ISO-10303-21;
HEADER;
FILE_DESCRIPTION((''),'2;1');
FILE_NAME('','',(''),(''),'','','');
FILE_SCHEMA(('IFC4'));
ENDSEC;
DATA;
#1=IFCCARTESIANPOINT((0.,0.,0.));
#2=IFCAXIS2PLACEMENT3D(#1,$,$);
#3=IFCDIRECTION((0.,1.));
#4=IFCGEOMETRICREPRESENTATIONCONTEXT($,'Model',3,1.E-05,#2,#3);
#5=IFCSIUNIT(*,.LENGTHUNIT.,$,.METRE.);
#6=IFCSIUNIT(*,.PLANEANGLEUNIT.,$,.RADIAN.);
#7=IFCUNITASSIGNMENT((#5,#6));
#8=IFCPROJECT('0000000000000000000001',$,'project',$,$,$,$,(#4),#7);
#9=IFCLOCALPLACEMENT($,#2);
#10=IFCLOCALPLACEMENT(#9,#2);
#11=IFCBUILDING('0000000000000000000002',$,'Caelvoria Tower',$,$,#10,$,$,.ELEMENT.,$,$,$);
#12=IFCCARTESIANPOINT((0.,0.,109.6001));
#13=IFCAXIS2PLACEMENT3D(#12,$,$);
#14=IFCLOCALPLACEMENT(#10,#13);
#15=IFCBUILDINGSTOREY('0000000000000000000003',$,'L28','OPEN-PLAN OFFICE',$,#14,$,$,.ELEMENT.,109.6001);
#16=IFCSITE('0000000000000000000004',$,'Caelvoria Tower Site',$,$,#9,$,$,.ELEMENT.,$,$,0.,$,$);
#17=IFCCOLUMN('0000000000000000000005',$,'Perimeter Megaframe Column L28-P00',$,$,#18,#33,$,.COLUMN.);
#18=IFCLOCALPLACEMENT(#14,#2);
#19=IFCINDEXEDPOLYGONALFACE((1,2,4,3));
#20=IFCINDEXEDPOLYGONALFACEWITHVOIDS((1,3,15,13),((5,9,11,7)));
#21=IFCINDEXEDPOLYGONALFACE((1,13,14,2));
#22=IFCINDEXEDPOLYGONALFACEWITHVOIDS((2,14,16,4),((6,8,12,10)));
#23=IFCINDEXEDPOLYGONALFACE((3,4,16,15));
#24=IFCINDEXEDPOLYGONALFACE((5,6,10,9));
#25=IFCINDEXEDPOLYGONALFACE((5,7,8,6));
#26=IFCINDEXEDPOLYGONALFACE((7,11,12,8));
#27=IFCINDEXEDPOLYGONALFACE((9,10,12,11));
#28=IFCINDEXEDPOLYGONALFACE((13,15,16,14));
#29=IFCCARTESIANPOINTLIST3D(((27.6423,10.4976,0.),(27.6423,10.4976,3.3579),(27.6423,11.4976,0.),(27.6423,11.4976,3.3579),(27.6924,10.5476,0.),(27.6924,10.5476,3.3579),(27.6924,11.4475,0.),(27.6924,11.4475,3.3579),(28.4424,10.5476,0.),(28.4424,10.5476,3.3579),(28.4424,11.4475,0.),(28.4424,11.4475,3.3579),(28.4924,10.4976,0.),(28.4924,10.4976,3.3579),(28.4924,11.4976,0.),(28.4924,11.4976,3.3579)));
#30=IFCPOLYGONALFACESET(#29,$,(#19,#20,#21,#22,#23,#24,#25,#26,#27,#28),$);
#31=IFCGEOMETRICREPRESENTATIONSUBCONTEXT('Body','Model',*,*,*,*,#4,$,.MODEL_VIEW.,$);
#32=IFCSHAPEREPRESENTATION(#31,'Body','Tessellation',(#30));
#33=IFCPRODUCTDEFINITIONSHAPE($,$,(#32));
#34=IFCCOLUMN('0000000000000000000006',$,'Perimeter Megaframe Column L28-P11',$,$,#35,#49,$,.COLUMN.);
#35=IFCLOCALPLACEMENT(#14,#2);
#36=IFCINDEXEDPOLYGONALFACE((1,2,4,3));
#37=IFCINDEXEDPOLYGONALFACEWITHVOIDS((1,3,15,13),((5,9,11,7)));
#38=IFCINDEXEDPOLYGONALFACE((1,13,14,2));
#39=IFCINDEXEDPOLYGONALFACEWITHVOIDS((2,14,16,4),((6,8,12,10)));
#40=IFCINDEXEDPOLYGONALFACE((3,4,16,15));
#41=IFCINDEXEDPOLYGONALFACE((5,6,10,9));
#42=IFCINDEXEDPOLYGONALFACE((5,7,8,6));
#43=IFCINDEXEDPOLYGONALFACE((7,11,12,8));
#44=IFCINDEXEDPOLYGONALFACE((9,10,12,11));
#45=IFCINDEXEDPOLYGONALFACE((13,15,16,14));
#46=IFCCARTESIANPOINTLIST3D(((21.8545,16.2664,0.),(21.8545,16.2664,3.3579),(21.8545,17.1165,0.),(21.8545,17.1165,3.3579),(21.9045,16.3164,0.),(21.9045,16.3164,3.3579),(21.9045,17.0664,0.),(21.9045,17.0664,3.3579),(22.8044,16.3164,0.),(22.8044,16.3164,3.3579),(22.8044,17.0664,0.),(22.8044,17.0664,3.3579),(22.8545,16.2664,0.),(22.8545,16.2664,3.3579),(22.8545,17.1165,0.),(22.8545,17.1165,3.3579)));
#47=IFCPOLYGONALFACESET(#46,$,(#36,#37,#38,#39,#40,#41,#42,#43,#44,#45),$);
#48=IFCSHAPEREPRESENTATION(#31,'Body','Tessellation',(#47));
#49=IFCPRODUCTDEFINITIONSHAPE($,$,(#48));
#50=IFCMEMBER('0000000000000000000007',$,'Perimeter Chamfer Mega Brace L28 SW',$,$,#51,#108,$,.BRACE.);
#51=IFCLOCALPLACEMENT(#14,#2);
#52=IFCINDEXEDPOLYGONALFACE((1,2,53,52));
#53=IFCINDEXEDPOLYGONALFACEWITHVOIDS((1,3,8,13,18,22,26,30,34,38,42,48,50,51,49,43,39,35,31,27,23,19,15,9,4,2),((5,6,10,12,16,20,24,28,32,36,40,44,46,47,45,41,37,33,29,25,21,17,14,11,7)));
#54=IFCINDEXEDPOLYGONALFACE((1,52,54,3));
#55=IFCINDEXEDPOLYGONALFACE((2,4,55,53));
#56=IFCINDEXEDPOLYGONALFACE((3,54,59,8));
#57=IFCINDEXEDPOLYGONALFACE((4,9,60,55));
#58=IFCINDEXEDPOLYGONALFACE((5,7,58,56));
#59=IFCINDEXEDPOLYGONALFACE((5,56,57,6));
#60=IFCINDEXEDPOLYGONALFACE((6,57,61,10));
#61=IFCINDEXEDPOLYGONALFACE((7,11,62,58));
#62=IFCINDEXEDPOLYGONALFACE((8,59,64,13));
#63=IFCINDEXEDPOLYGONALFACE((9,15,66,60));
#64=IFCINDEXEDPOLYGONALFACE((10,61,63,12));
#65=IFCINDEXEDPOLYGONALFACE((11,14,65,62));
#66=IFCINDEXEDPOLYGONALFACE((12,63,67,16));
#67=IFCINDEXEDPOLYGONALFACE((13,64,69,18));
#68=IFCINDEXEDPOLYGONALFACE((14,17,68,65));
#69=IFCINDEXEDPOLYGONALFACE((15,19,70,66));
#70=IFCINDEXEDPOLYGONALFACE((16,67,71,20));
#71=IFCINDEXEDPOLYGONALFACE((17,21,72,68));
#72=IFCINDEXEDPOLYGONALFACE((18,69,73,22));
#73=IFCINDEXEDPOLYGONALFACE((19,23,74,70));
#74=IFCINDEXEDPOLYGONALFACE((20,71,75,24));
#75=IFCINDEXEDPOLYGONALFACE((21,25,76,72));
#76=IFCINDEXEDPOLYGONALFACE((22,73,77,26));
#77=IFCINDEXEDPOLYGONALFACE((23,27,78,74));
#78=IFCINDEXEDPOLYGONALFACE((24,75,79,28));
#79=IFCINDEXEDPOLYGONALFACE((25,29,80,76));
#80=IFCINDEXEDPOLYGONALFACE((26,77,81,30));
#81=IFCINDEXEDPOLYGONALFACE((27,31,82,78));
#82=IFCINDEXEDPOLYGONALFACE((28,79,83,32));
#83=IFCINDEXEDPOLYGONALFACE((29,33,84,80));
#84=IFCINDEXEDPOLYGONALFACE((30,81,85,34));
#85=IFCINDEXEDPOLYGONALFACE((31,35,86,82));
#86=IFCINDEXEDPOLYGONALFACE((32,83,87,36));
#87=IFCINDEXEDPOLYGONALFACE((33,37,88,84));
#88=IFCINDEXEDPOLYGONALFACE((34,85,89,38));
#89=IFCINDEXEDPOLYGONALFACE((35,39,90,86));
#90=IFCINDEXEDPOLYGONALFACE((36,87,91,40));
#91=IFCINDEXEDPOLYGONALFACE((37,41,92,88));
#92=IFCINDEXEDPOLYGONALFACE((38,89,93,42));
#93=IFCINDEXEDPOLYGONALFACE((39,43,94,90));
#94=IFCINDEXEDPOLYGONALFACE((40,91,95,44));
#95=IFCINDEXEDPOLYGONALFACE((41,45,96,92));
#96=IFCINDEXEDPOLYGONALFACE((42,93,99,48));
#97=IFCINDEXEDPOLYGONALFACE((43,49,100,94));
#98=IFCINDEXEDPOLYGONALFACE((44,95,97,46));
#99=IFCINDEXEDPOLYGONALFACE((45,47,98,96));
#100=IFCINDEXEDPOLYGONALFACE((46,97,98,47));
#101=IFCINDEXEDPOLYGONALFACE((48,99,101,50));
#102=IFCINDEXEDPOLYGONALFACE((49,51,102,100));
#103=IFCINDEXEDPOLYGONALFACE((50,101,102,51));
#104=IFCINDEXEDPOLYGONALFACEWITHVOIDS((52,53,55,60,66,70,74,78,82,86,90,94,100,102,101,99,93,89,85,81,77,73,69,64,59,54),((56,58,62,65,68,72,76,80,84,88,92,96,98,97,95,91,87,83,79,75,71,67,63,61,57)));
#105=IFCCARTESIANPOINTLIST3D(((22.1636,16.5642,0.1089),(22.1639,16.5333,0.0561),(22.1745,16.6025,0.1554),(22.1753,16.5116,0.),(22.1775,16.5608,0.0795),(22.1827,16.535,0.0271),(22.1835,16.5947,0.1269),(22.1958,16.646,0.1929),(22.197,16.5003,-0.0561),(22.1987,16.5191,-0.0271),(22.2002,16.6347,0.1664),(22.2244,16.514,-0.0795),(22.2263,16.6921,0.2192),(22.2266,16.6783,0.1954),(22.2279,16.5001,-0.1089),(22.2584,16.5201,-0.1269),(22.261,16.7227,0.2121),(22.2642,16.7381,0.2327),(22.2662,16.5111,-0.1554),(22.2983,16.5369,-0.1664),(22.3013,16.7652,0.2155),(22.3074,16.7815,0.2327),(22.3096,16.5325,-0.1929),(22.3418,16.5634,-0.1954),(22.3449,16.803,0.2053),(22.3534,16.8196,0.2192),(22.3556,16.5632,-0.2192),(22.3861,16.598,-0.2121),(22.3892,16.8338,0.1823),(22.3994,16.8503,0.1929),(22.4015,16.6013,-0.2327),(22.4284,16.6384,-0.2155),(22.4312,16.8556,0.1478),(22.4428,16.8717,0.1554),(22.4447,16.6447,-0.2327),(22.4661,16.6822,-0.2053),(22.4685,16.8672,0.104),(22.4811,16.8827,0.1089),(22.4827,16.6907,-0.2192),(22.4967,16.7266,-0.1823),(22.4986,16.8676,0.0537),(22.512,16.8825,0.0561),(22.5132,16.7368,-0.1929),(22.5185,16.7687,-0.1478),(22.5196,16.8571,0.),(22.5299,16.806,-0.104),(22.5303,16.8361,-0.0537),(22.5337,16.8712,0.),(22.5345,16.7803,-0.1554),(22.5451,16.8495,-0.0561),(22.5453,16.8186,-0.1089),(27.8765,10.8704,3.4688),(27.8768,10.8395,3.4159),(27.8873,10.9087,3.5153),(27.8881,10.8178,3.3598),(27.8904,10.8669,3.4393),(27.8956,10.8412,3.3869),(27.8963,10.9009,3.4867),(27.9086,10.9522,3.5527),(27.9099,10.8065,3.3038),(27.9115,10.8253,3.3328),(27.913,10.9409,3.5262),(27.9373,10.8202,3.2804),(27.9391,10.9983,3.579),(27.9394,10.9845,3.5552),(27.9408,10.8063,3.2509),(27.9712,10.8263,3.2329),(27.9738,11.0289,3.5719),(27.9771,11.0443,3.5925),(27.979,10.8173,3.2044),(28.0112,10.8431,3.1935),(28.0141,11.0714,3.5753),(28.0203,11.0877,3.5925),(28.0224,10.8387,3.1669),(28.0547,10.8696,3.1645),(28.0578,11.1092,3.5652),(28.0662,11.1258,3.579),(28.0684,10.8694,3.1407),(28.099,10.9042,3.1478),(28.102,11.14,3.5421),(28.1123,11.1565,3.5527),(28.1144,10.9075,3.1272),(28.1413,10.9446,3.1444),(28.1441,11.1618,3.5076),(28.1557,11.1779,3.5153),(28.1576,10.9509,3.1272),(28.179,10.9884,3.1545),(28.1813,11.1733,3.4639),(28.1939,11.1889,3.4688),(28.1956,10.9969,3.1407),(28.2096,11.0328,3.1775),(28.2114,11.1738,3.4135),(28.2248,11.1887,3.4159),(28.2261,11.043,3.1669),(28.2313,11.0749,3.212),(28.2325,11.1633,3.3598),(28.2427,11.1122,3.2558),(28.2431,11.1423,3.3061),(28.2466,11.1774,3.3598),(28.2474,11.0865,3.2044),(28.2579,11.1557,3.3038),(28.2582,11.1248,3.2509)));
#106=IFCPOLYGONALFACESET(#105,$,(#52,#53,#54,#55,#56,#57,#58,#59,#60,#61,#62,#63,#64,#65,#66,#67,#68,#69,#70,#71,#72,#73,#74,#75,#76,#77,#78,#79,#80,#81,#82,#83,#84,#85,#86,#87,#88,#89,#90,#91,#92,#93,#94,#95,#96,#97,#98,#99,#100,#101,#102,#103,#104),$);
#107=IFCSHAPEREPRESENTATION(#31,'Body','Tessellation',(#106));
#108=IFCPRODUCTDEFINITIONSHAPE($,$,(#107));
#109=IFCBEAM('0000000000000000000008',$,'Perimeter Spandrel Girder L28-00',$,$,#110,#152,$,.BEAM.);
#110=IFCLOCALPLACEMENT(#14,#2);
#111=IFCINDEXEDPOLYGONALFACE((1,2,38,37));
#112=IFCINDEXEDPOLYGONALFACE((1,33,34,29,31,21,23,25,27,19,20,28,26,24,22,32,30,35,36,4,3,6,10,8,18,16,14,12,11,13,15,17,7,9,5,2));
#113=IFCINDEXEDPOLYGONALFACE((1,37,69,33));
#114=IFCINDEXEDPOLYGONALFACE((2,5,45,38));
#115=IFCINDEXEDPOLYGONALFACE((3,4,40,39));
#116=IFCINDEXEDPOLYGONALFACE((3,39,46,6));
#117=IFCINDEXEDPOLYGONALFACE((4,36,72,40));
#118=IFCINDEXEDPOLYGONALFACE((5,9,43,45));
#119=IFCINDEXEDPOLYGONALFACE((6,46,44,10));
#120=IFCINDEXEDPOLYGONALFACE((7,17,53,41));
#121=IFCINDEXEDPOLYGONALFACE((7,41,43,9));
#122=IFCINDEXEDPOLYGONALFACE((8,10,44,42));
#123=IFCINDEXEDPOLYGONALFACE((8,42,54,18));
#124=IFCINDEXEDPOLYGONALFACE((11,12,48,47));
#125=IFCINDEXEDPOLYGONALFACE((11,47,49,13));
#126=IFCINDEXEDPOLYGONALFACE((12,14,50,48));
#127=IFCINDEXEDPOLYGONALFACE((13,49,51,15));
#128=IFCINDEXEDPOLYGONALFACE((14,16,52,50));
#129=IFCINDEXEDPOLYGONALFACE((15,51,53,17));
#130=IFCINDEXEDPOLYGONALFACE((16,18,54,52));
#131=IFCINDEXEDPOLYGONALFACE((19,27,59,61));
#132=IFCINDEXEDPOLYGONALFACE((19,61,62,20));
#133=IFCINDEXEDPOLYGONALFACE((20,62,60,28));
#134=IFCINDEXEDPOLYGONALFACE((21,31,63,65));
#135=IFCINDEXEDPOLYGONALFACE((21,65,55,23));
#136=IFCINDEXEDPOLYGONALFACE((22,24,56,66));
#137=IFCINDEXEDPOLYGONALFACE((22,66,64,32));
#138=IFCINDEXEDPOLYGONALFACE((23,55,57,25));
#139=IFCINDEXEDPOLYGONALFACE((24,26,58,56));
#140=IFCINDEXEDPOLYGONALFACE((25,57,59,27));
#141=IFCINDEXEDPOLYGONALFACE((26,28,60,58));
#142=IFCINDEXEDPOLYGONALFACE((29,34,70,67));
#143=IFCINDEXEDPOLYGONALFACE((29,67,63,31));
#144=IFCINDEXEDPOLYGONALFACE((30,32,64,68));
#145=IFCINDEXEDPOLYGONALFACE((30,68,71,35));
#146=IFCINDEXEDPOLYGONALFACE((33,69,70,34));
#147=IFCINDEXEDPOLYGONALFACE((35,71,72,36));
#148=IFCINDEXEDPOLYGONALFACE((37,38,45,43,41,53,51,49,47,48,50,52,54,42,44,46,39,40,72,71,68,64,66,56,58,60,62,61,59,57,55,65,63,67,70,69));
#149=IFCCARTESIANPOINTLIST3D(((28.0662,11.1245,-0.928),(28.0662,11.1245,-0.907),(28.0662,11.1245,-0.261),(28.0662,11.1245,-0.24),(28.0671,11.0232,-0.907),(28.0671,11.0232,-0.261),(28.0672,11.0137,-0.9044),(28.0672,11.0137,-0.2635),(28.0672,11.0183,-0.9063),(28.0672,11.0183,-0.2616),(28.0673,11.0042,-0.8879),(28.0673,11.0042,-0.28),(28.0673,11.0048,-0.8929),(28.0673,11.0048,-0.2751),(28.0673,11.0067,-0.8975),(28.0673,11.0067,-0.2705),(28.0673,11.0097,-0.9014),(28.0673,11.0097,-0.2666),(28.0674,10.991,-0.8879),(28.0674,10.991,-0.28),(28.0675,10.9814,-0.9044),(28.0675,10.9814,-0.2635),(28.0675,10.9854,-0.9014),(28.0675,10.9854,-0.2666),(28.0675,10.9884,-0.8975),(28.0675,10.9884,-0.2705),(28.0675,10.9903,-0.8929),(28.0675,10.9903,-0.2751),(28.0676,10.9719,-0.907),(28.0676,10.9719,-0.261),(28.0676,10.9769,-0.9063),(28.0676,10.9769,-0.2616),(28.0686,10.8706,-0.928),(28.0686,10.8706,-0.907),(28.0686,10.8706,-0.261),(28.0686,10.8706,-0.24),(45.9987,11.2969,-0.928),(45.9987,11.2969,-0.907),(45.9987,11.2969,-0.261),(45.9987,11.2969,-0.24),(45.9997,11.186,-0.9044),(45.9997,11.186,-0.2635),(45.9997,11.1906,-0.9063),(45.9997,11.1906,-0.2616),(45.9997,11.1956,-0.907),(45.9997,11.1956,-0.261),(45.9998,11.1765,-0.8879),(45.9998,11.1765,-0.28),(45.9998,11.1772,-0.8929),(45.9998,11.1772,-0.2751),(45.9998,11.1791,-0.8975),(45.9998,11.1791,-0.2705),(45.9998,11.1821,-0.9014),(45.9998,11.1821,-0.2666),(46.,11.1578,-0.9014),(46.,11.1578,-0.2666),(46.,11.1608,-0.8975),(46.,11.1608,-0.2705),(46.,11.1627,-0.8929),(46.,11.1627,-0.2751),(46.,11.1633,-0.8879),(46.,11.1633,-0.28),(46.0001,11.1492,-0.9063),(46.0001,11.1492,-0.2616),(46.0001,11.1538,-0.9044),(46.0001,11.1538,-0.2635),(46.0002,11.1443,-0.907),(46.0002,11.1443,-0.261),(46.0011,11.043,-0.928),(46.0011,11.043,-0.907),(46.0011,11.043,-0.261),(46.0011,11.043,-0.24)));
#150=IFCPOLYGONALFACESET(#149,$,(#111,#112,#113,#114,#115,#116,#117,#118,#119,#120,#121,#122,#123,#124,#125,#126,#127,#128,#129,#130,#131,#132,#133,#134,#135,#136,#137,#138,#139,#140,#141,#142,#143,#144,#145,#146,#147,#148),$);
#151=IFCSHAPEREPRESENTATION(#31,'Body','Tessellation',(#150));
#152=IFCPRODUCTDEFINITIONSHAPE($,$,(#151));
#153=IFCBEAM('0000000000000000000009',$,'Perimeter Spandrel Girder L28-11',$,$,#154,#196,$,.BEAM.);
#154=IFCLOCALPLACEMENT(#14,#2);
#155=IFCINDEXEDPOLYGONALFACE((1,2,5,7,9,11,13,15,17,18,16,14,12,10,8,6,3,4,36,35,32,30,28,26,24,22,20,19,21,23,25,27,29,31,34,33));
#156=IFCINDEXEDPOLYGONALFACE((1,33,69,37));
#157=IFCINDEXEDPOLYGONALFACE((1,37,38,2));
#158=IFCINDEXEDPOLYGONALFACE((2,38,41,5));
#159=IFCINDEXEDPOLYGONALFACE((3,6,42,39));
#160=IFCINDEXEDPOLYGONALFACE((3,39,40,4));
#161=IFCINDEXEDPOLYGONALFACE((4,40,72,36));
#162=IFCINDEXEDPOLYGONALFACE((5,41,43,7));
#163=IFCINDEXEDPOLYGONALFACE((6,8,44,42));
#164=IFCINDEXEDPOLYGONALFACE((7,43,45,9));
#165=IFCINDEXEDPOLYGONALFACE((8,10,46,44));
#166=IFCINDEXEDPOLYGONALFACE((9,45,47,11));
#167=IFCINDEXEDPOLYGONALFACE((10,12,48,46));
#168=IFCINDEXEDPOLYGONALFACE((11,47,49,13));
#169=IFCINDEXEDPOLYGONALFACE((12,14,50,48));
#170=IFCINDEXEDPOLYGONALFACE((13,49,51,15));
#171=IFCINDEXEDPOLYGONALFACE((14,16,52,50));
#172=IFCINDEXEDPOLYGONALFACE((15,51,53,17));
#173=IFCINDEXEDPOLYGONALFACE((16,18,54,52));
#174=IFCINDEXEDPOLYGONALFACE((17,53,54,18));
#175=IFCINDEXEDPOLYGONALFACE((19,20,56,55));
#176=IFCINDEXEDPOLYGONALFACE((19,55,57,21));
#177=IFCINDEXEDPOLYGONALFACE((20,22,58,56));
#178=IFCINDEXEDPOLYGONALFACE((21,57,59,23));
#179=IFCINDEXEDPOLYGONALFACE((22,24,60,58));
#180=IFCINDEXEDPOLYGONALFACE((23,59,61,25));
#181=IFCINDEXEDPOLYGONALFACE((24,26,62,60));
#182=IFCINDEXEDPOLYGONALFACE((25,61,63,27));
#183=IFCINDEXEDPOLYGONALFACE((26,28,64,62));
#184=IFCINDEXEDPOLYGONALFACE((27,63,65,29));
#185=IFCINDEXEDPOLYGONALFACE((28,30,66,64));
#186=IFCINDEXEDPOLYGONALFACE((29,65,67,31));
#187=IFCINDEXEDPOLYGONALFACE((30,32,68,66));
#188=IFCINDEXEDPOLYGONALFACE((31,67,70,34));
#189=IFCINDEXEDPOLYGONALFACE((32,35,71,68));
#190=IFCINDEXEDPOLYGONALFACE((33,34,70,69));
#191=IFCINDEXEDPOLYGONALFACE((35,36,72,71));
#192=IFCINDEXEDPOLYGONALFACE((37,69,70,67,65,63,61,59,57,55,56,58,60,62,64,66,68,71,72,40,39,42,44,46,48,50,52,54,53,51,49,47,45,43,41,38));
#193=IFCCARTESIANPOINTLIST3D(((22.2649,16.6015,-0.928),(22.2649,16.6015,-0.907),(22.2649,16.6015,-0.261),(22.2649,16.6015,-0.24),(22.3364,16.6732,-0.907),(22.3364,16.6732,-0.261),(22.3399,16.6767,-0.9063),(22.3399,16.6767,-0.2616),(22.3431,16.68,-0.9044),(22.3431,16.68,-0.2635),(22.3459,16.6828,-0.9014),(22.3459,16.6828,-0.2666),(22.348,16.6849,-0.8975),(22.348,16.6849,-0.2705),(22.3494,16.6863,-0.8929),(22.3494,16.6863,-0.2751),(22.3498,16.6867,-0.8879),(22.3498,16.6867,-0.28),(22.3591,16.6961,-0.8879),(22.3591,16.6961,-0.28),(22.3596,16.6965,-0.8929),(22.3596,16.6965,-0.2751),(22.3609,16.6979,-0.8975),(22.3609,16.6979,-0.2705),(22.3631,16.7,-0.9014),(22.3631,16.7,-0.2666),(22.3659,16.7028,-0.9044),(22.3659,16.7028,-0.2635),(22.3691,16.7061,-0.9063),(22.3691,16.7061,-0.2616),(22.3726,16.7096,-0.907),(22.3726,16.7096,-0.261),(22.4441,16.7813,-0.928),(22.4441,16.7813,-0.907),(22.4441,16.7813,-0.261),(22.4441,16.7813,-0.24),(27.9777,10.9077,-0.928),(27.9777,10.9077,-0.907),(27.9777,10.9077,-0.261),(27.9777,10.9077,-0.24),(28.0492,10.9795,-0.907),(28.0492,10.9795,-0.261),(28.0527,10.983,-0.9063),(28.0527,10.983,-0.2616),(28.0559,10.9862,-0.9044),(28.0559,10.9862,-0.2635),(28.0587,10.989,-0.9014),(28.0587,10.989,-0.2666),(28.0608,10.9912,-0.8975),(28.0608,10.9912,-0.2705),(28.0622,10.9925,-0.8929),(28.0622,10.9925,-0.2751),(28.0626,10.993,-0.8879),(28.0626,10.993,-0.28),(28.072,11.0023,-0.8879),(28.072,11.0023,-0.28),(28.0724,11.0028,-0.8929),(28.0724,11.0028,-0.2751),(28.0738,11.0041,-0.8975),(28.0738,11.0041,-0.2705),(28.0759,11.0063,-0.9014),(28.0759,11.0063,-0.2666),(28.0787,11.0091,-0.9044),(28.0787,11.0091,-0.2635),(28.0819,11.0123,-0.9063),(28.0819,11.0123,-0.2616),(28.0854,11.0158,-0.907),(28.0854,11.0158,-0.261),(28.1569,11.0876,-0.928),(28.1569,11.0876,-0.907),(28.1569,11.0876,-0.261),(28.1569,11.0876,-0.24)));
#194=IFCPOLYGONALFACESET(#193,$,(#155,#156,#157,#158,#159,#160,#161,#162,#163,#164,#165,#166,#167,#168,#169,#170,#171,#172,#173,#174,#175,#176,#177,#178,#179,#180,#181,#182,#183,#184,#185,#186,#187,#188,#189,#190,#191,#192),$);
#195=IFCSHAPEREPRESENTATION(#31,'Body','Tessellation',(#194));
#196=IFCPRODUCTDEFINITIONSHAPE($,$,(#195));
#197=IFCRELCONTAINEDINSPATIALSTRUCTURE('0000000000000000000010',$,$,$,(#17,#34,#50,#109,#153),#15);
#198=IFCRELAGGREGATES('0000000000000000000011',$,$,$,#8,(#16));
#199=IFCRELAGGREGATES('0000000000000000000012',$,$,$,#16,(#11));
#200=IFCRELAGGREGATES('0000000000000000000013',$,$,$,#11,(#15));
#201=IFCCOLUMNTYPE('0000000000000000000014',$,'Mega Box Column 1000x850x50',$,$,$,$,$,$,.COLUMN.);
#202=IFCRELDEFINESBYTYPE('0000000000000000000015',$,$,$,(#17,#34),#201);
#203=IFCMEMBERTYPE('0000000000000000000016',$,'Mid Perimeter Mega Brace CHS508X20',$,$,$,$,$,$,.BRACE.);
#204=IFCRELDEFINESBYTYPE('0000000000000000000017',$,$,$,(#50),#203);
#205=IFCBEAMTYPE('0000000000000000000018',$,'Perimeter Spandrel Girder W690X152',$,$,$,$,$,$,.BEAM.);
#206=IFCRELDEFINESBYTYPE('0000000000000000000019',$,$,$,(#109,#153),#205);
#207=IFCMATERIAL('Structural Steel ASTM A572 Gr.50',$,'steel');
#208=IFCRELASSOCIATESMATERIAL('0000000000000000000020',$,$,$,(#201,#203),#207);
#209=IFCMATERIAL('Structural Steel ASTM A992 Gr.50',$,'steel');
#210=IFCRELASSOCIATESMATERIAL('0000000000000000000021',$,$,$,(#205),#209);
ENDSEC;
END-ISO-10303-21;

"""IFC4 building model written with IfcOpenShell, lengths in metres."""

from ifc_helpers import new_model, si_unit, direction, frame, origin, origin_2d, place, context, subcontext, project, spatial, hollow_rectangle, hollow_circle, i_section, extrude, material, material_profile, profile_set, type_object, element, save


model = new_model("IFC4")

# Units and contexts
model_context = context("Model", 3, precision=1e-05, world=origin(), true_north=direction((0.0, 1.0)))
body_context = subcontext(model_context, "Body", "Model", "MODEL_VIEW")
ifc_project = project(units=[si_unit("LENGTHUNIT", "METRE"), si_unit("PLANEANGLEUNIT", "RADIAN")], contexts=[model_context])

# Site, building, storey
site_placement = place(None, origin())
site = spatial("IfcSite", under=ifc_project, at=site_placement, Name="Caelvoria Tower Site", CompositionType="ELEMENT", RefElevation=0.0)
building_placement = place(site_placement, origin())
building = spatial("IfcBuilding", under=site, at=building_placement, Name="Caelvoria Tower", CompositionType="ELEMENT")
storey_placement = place(building_placement, frame((0.0, 0.0, 109.6001)))
storey = spatial("IfcBuildingStorey", under=building, at=storey_placement, Name="L28", Description="OPEN-PLAN OFFICE", CompositionType="ELEMENT", Elevation=109.6001)

# Columns
ifc_material_1 = material(Name="Structural Steel ASTM A572 Gr.50", Category="steel")
ifc_material_profile_1 = material_profile(ifc_material_1, hollow_rectangle(XDim=0.8501, YDim=1.0, WallThickness=0.05, at=origin_2d()), Name="Structural Steel ASTM A572 Gr.50")
ifc_profile_set_1 = profile_set([ifc_material_profile_1], Name="BOX1000X850X50 - Structural Steel ASTM A572 Gr.50")
column_type = type_object("IfcColumnType", Name="Mega Box Column 1000x850x50", PredefinedType="COLUMN", material=ifc_profile_set_1)
for number, where, z_axis, x_axis, name in (
    (1, (28.0674, 10.9976, 0.0), (0.0, 0.0, 1.0), (1.0, 0.0, 0.0), "Perimeter Megaframe Column L28-P00"),
    (2, (22.3545, 16.6914, 0.0), (0.0, 0.0, 1.0), (0.0, 1.0, 0.0), "Perimeter Megaframe Column L28-P11"),
):
    element("IfcColumn", number, at=place(storey_placement, frame(where, z_axis=z_axis, x_axis=x_axis)), inside=storey, type_object=column_type, Name=name, PredefinedType="COLUMN", context=body_context, shape_type="SweptSolid", body=[
        extrude(hollow_rectangle(XDim=0.8501, YDim=1.0, WallThickness=0.05, at=origin_2d()), origin(), (0.0, 0.0, 1.0), 3.3579),
    ])

# Member
ifc_material_profile_2 = material_profile(ifc_material_1, hollow_circle(Radius=0.2539, WallThickness=0.02, at=origin_2d()), Name="Structural Steel ASTM A572 Gr.50")
ifc_profile_set_2 = profile_set([ifc_material_profile_2], Name="CHS508X20 - Structural Steel ASTM A572 Gr.50")
member_type = type_object("IfcMemberType", Name="Mid Perimeter Mega Brace CHS508X20", PredefinedType="BRACE", material=ifc_profile_set_2)
member_placement = place(storey_placement, frame((22.3545, 16.6914, 0.0), z_axis=(0.653828, -0.651649, 0.384529), x_axis=(0.705925, 0.708286, 0.0)))
element("IfcMember", 3, at=member_placement, inside=storey, type_object=member_type, Name="Perimeter Chamfer Mega Brace L28 SW", PredefinedType="BRACE", context=body_context, shape_type="SweptSolid", body=[
    extrude(hollow_circle(Radius=0.2539, WallThickness=0.02, at=origin_2d()), origin(), (0.0, 0.0, 1.0), 8.7375),
])

# Beams
ifc_material_2 = material(Name="Structural Steel ASTM A992 Gr.50", Category="steel")
ifc_material_profile_3 = material_profile(ifc_material_2, i_section(OverallWidth=0.2539, OverallDepth=0.688, WebThickness=0.0132, FlangeThickness=0.021, FilletRadius=0.019, at=origin_2d()), Name="Structural Steel ASTM A992 Gr.50")
ifc_profile_set_3 = profile_set([ifc_material_profile_3], Name="W690X152 - Structural Steel ASTM A992 Gr.50")
beam_type = type_object("IfcBeamType", Name="Perimeter Spandrel Girder W690X152", PredefinedType="BEAM", material=ifc_profile_set_3)
beam_1_placement = place(storey_placement, frame((28.0674, 10.9976, -0.584), z_axis=(0.999954, 0.009611, 0.0), x_axis=(-0.009611, 0.999954, 0.0)))
element("IfcBeam", 4, at=beam_1_placement, inside=storey, type_object=beam_type, Name="Perimeter Spandrel Girder L28-00", PredefinedType="BEAM", context=body_context, shape_type="SweptSolid", body=[
    extrude(i_section(OverallWidth=0.2539, OverallDepth=0.688, WebThickness=0.0132, FlangeThickness=0.021, FilletRadius=0.019, at=origin_2d()), origin(), (0.0, 0.0, 1.0), 17.9333),
])
beam_2_placement = place(storey_placement, frame((22.3545, 16.6914, -0.584), z_axis=(0.708286, -0.705925, 0.0), x_axis=(0.705925, 0.708286, 0.0)))
element("IfcBeam", 5, at=beam_2_placement, inside=storey, type_object=beam_type, Name="Perimeter Spandrel Girder L28-11", PredefinedType="BEAM", context=body_context, shape_type="SweptSolid", body=[
    extrude(i_section(OverallWidth=0.2539, OverallDepth=0.688, WebThickness=0.0132, FlangeThickness=0.021, FilletRadius=0.019, at=origin_2d()), origin(), (0.0, 0.0, 1.0), 8.0657),
])

save(model, "model.ifc")
